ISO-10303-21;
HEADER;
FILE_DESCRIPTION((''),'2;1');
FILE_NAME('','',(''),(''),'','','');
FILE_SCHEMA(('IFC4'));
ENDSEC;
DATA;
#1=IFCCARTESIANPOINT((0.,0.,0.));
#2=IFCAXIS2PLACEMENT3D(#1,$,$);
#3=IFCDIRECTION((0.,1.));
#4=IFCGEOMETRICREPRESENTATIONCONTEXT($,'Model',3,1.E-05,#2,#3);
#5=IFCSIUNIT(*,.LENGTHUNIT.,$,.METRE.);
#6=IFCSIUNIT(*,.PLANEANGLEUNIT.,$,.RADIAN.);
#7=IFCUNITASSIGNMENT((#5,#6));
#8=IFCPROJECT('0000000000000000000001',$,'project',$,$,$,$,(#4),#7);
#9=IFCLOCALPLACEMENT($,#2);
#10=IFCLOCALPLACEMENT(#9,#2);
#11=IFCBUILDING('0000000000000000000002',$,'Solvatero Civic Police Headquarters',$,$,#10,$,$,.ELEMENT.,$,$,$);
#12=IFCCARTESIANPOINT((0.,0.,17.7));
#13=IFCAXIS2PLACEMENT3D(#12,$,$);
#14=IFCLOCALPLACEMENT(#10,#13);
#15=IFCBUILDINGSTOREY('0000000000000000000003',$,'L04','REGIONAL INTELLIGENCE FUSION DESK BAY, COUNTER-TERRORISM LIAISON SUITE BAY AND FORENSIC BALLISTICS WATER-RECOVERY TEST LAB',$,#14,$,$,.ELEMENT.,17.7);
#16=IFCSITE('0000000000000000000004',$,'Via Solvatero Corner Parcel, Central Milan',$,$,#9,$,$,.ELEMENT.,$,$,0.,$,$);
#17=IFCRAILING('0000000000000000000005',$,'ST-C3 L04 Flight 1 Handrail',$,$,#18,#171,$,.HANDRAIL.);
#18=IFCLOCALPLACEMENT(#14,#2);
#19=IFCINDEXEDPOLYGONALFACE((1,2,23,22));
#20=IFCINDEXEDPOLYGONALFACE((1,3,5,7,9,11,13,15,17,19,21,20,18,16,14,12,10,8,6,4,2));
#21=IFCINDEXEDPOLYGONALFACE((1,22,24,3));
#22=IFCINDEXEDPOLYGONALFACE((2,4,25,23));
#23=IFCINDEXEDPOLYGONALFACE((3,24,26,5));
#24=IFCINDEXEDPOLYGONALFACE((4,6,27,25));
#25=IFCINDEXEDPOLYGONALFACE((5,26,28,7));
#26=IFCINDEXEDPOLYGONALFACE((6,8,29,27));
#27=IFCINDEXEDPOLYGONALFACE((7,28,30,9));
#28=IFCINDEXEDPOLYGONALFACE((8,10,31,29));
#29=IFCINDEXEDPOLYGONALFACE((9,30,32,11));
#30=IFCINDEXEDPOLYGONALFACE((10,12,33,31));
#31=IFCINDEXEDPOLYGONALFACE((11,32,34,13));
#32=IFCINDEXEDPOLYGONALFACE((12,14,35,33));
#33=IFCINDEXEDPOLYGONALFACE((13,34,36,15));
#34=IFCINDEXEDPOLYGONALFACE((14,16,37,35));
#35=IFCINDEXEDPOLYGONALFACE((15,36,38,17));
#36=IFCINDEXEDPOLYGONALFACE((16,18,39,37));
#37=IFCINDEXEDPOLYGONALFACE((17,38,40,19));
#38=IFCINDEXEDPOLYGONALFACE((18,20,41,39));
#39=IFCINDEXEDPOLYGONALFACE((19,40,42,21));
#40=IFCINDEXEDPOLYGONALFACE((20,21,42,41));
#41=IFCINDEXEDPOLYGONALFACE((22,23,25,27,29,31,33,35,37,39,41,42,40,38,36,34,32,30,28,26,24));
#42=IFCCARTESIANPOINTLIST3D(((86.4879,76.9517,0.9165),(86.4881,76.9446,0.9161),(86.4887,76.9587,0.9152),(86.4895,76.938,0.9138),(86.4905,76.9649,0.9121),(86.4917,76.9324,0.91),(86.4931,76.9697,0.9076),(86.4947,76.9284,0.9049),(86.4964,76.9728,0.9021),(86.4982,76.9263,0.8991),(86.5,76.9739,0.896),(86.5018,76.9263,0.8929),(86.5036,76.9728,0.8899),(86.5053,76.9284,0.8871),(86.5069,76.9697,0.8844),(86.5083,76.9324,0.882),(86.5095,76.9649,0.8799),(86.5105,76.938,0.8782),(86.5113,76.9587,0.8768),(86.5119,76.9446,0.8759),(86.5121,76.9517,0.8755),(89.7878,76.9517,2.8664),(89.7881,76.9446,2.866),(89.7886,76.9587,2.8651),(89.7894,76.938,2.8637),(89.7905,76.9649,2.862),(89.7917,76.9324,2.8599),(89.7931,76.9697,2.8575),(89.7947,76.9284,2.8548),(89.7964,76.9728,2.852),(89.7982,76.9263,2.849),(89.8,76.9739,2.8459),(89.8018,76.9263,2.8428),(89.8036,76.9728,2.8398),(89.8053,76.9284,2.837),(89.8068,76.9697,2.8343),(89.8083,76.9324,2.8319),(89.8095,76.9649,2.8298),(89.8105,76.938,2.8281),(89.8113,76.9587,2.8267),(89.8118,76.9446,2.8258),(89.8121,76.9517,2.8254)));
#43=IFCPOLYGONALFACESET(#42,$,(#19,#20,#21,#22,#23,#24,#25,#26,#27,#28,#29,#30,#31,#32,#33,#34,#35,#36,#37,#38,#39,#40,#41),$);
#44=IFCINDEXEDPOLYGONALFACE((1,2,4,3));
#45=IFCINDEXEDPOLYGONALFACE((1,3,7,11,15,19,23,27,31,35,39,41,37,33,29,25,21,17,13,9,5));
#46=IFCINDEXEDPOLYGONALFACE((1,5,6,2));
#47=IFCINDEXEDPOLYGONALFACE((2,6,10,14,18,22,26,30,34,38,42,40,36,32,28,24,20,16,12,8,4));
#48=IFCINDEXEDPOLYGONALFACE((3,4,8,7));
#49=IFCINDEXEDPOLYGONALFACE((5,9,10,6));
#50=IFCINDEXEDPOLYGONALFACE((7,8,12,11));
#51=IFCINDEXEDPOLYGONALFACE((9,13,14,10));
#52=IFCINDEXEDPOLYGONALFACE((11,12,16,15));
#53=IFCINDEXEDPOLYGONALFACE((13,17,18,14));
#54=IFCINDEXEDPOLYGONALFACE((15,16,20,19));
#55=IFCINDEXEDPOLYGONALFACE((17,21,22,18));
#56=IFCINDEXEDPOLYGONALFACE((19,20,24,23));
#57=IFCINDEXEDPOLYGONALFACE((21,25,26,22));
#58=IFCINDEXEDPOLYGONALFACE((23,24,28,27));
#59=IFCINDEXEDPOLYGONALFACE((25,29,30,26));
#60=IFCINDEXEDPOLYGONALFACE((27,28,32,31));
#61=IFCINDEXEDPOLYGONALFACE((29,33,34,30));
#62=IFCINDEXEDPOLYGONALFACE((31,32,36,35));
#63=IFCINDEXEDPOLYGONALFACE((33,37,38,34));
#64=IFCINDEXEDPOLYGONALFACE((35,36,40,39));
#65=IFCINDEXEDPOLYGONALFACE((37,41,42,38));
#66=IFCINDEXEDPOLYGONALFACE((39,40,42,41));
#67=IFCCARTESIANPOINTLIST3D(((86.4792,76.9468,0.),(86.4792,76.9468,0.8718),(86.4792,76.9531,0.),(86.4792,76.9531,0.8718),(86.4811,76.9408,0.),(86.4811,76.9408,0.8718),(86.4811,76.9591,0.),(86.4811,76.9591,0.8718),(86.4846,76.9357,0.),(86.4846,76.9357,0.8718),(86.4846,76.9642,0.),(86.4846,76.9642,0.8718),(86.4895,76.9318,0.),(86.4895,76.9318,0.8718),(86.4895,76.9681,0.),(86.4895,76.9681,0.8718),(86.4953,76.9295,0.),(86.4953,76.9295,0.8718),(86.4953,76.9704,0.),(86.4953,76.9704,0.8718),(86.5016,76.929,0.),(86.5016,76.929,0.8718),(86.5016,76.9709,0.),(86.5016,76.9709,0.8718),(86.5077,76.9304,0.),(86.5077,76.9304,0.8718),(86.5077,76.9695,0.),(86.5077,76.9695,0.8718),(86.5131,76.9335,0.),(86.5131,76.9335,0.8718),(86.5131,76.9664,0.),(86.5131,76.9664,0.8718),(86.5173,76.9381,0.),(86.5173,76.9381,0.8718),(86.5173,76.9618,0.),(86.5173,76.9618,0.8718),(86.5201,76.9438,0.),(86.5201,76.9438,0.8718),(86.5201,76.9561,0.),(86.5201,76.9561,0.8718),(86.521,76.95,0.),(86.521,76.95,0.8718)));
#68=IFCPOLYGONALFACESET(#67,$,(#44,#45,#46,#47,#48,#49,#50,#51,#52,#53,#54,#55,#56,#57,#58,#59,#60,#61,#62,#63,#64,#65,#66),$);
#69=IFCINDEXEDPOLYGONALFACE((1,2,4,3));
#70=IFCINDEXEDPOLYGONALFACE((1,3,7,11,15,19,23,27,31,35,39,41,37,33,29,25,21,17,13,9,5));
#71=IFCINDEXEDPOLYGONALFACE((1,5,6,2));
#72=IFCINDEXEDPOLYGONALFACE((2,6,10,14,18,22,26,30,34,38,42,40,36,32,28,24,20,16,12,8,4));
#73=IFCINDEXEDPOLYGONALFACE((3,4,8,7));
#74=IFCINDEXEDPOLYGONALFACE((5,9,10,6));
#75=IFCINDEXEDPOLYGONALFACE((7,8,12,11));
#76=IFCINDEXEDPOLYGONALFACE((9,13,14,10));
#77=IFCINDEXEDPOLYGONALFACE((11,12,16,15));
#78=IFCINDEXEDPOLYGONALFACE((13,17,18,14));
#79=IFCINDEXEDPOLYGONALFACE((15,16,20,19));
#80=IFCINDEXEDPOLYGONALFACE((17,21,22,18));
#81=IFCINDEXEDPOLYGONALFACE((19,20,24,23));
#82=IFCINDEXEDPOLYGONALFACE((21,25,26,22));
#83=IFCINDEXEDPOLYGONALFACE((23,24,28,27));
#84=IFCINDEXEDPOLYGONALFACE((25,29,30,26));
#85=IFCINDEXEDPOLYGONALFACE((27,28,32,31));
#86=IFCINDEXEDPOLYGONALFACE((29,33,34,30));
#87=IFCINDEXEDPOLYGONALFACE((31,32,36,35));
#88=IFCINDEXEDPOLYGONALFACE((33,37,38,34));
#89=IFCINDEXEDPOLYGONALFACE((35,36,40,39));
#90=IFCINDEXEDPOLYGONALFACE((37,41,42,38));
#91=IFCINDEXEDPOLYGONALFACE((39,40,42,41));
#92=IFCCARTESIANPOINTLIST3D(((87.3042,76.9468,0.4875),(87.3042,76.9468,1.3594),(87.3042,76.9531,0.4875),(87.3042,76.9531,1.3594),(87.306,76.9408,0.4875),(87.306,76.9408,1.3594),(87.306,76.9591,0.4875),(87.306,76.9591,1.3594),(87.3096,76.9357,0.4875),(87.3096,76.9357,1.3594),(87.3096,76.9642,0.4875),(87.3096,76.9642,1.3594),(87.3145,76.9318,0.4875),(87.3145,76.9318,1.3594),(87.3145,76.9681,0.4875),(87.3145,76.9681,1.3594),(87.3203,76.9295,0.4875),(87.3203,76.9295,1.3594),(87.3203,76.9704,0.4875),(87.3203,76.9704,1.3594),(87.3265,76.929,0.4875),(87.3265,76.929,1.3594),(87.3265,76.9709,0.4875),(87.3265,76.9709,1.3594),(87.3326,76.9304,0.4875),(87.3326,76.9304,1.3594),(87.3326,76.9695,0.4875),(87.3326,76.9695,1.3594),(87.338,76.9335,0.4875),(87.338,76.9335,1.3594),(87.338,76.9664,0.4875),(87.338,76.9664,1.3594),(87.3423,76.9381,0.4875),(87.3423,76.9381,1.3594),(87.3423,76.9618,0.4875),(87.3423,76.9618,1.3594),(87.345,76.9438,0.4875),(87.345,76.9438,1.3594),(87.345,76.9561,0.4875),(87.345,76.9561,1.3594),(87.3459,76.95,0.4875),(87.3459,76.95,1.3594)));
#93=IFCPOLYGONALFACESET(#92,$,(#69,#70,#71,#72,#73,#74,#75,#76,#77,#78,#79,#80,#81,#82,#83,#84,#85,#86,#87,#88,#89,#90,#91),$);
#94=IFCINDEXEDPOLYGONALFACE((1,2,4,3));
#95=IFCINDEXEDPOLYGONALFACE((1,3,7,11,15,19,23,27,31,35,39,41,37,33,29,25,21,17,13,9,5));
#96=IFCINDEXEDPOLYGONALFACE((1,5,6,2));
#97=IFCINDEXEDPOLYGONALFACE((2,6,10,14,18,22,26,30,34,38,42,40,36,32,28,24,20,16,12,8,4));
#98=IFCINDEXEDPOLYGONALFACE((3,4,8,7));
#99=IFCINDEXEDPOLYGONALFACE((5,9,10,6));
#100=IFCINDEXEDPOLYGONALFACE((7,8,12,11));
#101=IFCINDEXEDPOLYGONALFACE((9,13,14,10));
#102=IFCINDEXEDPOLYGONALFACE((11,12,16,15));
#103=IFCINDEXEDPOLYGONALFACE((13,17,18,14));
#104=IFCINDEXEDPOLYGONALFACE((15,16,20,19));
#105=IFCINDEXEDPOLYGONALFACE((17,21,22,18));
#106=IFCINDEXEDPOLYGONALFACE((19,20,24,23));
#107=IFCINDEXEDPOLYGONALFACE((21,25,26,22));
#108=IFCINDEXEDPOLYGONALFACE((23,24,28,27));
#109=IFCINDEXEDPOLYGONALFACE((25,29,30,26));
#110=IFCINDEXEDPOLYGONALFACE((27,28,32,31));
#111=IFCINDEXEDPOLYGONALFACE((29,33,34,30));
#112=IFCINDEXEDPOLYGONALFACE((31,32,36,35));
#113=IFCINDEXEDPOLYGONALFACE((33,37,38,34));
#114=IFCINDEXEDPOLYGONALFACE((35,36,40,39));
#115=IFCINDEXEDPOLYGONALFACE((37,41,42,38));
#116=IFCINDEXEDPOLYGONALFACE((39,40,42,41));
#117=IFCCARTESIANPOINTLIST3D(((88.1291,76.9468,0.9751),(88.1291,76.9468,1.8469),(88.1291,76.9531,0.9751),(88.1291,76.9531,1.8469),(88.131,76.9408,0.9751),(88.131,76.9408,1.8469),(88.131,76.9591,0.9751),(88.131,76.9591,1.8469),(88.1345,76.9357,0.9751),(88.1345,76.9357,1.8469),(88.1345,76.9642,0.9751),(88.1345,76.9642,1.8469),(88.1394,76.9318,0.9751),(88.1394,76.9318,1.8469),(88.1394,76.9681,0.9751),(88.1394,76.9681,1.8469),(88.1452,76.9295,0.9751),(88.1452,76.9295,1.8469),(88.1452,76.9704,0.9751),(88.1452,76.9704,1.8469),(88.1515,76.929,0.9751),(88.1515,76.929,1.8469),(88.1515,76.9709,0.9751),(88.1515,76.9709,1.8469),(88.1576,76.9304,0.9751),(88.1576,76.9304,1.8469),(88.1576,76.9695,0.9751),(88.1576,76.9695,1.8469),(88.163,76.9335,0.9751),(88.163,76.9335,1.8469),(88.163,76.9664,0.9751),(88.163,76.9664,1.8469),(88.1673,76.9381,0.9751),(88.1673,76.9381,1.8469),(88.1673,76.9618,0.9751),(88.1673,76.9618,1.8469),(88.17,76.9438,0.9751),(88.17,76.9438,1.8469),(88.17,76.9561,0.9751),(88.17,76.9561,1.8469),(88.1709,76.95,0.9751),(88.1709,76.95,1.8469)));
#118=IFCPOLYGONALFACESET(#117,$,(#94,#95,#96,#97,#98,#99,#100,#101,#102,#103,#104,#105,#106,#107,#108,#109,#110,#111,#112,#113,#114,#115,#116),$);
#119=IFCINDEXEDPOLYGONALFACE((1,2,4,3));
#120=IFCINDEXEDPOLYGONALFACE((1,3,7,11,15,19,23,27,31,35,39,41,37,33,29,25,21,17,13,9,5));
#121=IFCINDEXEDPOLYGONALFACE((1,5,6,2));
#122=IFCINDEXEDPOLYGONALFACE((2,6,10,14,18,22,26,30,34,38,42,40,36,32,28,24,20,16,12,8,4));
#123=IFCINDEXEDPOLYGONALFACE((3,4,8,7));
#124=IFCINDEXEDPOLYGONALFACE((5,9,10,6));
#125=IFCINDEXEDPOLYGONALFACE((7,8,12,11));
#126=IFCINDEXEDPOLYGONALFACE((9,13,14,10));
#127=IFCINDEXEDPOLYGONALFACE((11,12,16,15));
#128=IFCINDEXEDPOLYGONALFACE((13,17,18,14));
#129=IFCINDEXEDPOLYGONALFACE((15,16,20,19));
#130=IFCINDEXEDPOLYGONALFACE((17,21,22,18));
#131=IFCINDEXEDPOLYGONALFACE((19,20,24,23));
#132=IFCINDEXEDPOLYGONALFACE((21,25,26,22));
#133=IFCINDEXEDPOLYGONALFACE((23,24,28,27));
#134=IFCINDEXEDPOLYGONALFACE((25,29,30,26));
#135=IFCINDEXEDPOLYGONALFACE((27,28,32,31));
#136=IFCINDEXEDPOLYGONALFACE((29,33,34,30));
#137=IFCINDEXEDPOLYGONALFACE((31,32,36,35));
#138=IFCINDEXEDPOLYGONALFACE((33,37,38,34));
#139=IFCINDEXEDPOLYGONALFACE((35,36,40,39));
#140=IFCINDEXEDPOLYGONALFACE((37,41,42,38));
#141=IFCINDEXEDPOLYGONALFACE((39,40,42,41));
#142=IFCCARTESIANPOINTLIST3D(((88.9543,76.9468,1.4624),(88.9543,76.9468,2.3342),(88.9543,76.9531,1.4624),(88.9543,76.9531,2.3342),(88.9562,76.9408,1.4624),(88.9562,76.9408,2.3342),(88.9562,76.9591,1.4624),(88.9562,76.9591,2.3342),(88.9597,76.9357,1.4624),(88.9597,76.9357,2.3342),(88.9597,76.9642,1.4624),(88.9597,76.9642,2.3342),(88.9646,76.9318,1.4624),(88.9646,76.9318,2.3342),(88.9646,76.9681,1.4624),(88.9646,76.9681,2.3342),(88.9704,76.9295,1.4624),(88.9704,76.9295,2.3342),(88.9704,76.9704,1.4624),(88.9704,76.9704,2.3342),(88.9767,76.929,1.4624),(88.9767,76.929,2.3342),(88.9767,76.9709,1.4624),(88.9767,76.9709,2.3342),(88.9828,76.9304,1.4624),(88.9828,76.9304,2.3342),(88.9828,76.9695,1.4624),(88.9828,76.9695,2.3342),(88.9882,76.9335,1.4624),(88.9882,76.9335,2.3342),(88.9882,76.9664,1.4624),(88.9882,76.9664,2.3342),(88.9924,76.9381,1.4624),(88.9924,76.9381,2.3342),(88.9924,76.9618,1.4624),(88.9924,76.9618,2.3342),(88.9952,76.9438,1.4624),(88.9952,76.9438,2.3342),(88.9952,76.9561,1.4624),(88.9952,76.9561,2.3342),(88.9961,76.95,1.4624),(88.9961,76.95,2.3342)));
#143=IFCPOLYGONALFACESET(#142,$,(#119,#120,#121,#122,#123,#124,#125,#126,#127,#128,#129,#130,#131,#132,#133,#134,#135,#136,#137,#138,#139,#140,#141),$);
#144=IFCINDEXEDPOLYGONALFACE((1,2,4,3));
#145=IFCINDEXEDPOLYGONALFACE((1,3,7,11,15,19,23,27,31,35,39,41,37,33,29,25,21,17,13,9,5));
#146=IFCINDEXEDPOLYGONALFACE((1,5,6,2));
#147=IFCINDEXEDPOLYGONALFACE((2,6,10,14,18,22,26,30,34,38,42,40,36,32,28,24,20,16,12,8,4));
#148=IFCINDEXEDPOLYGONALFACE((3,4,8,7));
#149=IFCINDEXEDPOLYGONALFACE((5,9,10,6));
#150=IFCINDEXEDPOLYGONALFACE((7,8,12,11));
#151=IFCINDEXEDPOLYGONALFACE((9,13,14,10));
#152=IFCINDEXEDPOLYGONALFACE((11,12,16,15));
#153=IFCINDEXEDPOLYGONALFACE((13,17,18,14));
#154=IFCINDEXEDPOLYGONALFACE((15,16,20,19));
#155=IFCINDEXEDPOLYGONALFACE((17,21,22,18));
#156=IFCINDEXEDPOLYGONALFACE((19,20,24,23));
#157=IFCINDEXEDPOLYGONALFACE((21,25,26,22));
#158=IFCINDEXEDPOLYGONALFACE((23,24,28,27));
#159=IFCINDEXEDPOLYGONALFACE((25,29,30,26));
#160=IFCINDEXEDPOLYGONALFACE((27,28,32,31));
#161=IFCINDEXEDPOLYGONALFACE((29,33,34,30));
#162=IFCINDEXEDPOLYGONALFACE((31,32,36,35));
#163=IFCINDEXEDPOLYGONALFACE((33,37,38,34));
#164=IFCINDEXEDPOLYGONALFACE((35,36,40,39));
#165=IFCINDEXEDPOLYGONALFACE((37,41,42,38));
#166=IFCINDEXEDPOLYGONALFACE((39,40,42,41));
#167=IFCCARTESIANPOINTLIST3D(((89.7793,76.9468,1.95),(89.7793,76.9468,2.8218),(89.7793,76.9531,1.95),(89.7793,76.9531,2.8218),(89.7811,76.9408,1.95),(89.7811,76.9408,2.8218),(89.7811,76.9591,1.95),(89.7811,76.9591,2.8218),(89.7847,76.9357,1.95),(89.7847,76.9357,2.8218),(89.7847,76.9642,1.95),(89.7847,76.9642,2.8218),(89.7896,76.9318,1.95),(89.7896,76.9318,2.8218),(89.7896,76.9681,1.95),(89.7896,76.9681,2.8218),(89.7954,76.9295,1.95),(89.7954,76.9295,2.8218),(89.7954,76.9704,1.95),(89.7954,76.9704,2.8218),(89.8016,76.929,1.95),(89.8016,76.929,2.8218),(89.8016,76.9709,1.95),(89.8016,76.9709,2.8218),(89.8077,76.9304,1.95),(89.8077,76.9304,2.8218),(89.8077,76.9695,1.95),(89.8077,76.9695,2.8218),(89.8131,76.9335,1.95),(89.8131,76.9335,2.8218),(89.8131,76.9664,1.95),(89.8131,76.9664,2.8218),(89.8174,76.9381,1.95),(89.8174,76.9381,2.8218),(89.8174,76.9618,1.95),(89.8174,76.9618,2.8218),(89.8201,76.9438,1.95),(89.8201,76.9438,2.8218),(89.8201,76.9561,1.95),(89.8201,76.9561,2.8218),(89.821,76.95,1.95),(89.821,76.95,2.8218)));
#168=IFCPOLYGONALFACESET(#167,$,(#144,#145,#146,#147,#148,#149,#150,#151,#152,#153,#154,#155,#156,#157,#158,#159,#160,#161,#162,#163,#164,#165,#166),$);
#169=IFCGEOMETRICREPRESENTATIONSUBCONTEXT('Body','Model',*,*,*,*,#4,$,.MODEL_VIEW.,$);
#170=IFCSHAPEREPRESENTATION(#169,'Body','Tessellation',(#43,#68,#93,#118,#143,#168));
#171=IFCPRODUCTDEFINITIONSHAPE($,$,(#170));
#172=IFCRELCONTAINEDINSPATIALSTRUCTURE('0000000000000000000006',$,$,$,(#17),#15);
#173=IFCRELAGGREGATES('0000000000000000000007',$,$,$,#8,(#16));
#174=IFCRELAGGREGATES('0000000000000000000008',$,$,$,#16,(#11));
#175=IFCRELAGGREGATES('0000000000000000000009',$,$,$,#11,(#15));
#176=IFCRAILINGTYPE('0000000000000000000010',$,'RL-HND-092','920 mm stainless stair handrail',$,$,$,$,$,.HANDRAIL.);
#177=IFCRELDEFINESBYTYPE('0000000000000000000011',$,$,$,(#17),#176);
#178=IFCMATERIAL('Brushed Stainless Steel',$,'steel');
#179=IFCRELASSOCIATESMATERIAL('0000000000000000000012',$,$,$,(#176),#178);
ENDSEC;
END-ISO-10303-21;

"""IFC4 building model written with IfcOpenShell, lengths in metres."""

from ifc_helpers import new_model, si_unit, direction, frame, origin, origin_2d, place, context, subcontext, project, spatial, circle, extrude, material, type_object, element, save


model = new_model("IFC4")

# Units and contexts
model_context = context("Model", 3, precision=1e-05, world=origin(), true_north=direction((0.0, 1.0)))
body_context = subcontext(model_context, "Body", "Model", "MODEL_VIEW")
ifc_project = project(units=[si_unit("LENGTHUNIT", "METRE"), si_unit("PLANEANGLEUNIT", "RADIAN")], contexts=[model_context])

# Site, building, storey
site_placement = place(None, origin())
site = spatial("IfcSite", under=ifc_project, at=site_placement, Name="Via Solvatero Corner Parcel, Central Milan", CompositionType="ELEMENT", RefElevation=0.0)
building_placement = place(site_placement, origin())
building = spatial("IfcBuilding", under=site, at=building_placement, Name="Solvatero Civic Police Headquarters", CompositionType="ELEMENT")
storey_placement = place(building_placement, frame((0.0, 0.0, 17.7)))
storey = spatial("IfcBuildingStorey", under=building, at=storey_placement, Name="L04", Description="REGIONAL INTELLIGENCE FUSION DESK BAY, COUNTER-TERRORISM LIAISON SUITE BAY AND FORENSIC BALLISTICS WATER-RECOVERY TEST LAB", CompositionType="ELEMENT", Elevation=17.7)

# Railing
ifc_material_1 = material(Name="Brushed Stainless Steel", Category="steel")
railing_type_1 = type_object("IfcRailingType", Name="RL-HND-092", Description="920 mm stainless stair handrail", PredefinedType="HANDRAIL", material=ifc_material_1)
railing_1_placement = place(storey_placement, frame((86.5, 76.95, 0.0)))
element("IfcRailing", 1, at=railing_1_placement, inside=storey, type_object=railing_type_1, Name="ST-C3 L04 Flight 1 Handrail", PredefinedType="HANDRAIL", context=body_context, shape_type="SweptSolid", body=[
    extrude(circle(Radius=0.0239, at=origin_2d()), frame((0.0, 0.0, 0.896), z_axis=(0.860935, 0.0, 0.508714), x_axis=(0.0, 1.0, 0.0)), (0.0, 0.0, 1.0), 3.833),
    extrude(circle(Radius=0.021, at=origin_2d()), origin(), (0.0, 0.0, 1.0), 0.8718),
    extrude(circle(Radius=0.021, at=origin_2d()), frame((0.825, 0.0, 0.4875)), (0.0, 0.0, 1.0), 0.8718),
    extrude(circle(Radius=0.021, at=origin_2d()), frame((1.6499, 0.0, 0.9751)), (0.0, 0.0, 1.0), 0.8718),
    extrude(circle(Radius=0.021, at=origin_2d()), frame((2.4751, 0.0, 1.4624)), (0.0, 0.0, 1.0), 0.8718),
    extrude(circle(Radius=0.021, at=origin_2d()), frame((3.3, 0.0, 1.95)), (0.0, 0.0, 1.0), 0.8718),
])

save(model, "model.ifc")
